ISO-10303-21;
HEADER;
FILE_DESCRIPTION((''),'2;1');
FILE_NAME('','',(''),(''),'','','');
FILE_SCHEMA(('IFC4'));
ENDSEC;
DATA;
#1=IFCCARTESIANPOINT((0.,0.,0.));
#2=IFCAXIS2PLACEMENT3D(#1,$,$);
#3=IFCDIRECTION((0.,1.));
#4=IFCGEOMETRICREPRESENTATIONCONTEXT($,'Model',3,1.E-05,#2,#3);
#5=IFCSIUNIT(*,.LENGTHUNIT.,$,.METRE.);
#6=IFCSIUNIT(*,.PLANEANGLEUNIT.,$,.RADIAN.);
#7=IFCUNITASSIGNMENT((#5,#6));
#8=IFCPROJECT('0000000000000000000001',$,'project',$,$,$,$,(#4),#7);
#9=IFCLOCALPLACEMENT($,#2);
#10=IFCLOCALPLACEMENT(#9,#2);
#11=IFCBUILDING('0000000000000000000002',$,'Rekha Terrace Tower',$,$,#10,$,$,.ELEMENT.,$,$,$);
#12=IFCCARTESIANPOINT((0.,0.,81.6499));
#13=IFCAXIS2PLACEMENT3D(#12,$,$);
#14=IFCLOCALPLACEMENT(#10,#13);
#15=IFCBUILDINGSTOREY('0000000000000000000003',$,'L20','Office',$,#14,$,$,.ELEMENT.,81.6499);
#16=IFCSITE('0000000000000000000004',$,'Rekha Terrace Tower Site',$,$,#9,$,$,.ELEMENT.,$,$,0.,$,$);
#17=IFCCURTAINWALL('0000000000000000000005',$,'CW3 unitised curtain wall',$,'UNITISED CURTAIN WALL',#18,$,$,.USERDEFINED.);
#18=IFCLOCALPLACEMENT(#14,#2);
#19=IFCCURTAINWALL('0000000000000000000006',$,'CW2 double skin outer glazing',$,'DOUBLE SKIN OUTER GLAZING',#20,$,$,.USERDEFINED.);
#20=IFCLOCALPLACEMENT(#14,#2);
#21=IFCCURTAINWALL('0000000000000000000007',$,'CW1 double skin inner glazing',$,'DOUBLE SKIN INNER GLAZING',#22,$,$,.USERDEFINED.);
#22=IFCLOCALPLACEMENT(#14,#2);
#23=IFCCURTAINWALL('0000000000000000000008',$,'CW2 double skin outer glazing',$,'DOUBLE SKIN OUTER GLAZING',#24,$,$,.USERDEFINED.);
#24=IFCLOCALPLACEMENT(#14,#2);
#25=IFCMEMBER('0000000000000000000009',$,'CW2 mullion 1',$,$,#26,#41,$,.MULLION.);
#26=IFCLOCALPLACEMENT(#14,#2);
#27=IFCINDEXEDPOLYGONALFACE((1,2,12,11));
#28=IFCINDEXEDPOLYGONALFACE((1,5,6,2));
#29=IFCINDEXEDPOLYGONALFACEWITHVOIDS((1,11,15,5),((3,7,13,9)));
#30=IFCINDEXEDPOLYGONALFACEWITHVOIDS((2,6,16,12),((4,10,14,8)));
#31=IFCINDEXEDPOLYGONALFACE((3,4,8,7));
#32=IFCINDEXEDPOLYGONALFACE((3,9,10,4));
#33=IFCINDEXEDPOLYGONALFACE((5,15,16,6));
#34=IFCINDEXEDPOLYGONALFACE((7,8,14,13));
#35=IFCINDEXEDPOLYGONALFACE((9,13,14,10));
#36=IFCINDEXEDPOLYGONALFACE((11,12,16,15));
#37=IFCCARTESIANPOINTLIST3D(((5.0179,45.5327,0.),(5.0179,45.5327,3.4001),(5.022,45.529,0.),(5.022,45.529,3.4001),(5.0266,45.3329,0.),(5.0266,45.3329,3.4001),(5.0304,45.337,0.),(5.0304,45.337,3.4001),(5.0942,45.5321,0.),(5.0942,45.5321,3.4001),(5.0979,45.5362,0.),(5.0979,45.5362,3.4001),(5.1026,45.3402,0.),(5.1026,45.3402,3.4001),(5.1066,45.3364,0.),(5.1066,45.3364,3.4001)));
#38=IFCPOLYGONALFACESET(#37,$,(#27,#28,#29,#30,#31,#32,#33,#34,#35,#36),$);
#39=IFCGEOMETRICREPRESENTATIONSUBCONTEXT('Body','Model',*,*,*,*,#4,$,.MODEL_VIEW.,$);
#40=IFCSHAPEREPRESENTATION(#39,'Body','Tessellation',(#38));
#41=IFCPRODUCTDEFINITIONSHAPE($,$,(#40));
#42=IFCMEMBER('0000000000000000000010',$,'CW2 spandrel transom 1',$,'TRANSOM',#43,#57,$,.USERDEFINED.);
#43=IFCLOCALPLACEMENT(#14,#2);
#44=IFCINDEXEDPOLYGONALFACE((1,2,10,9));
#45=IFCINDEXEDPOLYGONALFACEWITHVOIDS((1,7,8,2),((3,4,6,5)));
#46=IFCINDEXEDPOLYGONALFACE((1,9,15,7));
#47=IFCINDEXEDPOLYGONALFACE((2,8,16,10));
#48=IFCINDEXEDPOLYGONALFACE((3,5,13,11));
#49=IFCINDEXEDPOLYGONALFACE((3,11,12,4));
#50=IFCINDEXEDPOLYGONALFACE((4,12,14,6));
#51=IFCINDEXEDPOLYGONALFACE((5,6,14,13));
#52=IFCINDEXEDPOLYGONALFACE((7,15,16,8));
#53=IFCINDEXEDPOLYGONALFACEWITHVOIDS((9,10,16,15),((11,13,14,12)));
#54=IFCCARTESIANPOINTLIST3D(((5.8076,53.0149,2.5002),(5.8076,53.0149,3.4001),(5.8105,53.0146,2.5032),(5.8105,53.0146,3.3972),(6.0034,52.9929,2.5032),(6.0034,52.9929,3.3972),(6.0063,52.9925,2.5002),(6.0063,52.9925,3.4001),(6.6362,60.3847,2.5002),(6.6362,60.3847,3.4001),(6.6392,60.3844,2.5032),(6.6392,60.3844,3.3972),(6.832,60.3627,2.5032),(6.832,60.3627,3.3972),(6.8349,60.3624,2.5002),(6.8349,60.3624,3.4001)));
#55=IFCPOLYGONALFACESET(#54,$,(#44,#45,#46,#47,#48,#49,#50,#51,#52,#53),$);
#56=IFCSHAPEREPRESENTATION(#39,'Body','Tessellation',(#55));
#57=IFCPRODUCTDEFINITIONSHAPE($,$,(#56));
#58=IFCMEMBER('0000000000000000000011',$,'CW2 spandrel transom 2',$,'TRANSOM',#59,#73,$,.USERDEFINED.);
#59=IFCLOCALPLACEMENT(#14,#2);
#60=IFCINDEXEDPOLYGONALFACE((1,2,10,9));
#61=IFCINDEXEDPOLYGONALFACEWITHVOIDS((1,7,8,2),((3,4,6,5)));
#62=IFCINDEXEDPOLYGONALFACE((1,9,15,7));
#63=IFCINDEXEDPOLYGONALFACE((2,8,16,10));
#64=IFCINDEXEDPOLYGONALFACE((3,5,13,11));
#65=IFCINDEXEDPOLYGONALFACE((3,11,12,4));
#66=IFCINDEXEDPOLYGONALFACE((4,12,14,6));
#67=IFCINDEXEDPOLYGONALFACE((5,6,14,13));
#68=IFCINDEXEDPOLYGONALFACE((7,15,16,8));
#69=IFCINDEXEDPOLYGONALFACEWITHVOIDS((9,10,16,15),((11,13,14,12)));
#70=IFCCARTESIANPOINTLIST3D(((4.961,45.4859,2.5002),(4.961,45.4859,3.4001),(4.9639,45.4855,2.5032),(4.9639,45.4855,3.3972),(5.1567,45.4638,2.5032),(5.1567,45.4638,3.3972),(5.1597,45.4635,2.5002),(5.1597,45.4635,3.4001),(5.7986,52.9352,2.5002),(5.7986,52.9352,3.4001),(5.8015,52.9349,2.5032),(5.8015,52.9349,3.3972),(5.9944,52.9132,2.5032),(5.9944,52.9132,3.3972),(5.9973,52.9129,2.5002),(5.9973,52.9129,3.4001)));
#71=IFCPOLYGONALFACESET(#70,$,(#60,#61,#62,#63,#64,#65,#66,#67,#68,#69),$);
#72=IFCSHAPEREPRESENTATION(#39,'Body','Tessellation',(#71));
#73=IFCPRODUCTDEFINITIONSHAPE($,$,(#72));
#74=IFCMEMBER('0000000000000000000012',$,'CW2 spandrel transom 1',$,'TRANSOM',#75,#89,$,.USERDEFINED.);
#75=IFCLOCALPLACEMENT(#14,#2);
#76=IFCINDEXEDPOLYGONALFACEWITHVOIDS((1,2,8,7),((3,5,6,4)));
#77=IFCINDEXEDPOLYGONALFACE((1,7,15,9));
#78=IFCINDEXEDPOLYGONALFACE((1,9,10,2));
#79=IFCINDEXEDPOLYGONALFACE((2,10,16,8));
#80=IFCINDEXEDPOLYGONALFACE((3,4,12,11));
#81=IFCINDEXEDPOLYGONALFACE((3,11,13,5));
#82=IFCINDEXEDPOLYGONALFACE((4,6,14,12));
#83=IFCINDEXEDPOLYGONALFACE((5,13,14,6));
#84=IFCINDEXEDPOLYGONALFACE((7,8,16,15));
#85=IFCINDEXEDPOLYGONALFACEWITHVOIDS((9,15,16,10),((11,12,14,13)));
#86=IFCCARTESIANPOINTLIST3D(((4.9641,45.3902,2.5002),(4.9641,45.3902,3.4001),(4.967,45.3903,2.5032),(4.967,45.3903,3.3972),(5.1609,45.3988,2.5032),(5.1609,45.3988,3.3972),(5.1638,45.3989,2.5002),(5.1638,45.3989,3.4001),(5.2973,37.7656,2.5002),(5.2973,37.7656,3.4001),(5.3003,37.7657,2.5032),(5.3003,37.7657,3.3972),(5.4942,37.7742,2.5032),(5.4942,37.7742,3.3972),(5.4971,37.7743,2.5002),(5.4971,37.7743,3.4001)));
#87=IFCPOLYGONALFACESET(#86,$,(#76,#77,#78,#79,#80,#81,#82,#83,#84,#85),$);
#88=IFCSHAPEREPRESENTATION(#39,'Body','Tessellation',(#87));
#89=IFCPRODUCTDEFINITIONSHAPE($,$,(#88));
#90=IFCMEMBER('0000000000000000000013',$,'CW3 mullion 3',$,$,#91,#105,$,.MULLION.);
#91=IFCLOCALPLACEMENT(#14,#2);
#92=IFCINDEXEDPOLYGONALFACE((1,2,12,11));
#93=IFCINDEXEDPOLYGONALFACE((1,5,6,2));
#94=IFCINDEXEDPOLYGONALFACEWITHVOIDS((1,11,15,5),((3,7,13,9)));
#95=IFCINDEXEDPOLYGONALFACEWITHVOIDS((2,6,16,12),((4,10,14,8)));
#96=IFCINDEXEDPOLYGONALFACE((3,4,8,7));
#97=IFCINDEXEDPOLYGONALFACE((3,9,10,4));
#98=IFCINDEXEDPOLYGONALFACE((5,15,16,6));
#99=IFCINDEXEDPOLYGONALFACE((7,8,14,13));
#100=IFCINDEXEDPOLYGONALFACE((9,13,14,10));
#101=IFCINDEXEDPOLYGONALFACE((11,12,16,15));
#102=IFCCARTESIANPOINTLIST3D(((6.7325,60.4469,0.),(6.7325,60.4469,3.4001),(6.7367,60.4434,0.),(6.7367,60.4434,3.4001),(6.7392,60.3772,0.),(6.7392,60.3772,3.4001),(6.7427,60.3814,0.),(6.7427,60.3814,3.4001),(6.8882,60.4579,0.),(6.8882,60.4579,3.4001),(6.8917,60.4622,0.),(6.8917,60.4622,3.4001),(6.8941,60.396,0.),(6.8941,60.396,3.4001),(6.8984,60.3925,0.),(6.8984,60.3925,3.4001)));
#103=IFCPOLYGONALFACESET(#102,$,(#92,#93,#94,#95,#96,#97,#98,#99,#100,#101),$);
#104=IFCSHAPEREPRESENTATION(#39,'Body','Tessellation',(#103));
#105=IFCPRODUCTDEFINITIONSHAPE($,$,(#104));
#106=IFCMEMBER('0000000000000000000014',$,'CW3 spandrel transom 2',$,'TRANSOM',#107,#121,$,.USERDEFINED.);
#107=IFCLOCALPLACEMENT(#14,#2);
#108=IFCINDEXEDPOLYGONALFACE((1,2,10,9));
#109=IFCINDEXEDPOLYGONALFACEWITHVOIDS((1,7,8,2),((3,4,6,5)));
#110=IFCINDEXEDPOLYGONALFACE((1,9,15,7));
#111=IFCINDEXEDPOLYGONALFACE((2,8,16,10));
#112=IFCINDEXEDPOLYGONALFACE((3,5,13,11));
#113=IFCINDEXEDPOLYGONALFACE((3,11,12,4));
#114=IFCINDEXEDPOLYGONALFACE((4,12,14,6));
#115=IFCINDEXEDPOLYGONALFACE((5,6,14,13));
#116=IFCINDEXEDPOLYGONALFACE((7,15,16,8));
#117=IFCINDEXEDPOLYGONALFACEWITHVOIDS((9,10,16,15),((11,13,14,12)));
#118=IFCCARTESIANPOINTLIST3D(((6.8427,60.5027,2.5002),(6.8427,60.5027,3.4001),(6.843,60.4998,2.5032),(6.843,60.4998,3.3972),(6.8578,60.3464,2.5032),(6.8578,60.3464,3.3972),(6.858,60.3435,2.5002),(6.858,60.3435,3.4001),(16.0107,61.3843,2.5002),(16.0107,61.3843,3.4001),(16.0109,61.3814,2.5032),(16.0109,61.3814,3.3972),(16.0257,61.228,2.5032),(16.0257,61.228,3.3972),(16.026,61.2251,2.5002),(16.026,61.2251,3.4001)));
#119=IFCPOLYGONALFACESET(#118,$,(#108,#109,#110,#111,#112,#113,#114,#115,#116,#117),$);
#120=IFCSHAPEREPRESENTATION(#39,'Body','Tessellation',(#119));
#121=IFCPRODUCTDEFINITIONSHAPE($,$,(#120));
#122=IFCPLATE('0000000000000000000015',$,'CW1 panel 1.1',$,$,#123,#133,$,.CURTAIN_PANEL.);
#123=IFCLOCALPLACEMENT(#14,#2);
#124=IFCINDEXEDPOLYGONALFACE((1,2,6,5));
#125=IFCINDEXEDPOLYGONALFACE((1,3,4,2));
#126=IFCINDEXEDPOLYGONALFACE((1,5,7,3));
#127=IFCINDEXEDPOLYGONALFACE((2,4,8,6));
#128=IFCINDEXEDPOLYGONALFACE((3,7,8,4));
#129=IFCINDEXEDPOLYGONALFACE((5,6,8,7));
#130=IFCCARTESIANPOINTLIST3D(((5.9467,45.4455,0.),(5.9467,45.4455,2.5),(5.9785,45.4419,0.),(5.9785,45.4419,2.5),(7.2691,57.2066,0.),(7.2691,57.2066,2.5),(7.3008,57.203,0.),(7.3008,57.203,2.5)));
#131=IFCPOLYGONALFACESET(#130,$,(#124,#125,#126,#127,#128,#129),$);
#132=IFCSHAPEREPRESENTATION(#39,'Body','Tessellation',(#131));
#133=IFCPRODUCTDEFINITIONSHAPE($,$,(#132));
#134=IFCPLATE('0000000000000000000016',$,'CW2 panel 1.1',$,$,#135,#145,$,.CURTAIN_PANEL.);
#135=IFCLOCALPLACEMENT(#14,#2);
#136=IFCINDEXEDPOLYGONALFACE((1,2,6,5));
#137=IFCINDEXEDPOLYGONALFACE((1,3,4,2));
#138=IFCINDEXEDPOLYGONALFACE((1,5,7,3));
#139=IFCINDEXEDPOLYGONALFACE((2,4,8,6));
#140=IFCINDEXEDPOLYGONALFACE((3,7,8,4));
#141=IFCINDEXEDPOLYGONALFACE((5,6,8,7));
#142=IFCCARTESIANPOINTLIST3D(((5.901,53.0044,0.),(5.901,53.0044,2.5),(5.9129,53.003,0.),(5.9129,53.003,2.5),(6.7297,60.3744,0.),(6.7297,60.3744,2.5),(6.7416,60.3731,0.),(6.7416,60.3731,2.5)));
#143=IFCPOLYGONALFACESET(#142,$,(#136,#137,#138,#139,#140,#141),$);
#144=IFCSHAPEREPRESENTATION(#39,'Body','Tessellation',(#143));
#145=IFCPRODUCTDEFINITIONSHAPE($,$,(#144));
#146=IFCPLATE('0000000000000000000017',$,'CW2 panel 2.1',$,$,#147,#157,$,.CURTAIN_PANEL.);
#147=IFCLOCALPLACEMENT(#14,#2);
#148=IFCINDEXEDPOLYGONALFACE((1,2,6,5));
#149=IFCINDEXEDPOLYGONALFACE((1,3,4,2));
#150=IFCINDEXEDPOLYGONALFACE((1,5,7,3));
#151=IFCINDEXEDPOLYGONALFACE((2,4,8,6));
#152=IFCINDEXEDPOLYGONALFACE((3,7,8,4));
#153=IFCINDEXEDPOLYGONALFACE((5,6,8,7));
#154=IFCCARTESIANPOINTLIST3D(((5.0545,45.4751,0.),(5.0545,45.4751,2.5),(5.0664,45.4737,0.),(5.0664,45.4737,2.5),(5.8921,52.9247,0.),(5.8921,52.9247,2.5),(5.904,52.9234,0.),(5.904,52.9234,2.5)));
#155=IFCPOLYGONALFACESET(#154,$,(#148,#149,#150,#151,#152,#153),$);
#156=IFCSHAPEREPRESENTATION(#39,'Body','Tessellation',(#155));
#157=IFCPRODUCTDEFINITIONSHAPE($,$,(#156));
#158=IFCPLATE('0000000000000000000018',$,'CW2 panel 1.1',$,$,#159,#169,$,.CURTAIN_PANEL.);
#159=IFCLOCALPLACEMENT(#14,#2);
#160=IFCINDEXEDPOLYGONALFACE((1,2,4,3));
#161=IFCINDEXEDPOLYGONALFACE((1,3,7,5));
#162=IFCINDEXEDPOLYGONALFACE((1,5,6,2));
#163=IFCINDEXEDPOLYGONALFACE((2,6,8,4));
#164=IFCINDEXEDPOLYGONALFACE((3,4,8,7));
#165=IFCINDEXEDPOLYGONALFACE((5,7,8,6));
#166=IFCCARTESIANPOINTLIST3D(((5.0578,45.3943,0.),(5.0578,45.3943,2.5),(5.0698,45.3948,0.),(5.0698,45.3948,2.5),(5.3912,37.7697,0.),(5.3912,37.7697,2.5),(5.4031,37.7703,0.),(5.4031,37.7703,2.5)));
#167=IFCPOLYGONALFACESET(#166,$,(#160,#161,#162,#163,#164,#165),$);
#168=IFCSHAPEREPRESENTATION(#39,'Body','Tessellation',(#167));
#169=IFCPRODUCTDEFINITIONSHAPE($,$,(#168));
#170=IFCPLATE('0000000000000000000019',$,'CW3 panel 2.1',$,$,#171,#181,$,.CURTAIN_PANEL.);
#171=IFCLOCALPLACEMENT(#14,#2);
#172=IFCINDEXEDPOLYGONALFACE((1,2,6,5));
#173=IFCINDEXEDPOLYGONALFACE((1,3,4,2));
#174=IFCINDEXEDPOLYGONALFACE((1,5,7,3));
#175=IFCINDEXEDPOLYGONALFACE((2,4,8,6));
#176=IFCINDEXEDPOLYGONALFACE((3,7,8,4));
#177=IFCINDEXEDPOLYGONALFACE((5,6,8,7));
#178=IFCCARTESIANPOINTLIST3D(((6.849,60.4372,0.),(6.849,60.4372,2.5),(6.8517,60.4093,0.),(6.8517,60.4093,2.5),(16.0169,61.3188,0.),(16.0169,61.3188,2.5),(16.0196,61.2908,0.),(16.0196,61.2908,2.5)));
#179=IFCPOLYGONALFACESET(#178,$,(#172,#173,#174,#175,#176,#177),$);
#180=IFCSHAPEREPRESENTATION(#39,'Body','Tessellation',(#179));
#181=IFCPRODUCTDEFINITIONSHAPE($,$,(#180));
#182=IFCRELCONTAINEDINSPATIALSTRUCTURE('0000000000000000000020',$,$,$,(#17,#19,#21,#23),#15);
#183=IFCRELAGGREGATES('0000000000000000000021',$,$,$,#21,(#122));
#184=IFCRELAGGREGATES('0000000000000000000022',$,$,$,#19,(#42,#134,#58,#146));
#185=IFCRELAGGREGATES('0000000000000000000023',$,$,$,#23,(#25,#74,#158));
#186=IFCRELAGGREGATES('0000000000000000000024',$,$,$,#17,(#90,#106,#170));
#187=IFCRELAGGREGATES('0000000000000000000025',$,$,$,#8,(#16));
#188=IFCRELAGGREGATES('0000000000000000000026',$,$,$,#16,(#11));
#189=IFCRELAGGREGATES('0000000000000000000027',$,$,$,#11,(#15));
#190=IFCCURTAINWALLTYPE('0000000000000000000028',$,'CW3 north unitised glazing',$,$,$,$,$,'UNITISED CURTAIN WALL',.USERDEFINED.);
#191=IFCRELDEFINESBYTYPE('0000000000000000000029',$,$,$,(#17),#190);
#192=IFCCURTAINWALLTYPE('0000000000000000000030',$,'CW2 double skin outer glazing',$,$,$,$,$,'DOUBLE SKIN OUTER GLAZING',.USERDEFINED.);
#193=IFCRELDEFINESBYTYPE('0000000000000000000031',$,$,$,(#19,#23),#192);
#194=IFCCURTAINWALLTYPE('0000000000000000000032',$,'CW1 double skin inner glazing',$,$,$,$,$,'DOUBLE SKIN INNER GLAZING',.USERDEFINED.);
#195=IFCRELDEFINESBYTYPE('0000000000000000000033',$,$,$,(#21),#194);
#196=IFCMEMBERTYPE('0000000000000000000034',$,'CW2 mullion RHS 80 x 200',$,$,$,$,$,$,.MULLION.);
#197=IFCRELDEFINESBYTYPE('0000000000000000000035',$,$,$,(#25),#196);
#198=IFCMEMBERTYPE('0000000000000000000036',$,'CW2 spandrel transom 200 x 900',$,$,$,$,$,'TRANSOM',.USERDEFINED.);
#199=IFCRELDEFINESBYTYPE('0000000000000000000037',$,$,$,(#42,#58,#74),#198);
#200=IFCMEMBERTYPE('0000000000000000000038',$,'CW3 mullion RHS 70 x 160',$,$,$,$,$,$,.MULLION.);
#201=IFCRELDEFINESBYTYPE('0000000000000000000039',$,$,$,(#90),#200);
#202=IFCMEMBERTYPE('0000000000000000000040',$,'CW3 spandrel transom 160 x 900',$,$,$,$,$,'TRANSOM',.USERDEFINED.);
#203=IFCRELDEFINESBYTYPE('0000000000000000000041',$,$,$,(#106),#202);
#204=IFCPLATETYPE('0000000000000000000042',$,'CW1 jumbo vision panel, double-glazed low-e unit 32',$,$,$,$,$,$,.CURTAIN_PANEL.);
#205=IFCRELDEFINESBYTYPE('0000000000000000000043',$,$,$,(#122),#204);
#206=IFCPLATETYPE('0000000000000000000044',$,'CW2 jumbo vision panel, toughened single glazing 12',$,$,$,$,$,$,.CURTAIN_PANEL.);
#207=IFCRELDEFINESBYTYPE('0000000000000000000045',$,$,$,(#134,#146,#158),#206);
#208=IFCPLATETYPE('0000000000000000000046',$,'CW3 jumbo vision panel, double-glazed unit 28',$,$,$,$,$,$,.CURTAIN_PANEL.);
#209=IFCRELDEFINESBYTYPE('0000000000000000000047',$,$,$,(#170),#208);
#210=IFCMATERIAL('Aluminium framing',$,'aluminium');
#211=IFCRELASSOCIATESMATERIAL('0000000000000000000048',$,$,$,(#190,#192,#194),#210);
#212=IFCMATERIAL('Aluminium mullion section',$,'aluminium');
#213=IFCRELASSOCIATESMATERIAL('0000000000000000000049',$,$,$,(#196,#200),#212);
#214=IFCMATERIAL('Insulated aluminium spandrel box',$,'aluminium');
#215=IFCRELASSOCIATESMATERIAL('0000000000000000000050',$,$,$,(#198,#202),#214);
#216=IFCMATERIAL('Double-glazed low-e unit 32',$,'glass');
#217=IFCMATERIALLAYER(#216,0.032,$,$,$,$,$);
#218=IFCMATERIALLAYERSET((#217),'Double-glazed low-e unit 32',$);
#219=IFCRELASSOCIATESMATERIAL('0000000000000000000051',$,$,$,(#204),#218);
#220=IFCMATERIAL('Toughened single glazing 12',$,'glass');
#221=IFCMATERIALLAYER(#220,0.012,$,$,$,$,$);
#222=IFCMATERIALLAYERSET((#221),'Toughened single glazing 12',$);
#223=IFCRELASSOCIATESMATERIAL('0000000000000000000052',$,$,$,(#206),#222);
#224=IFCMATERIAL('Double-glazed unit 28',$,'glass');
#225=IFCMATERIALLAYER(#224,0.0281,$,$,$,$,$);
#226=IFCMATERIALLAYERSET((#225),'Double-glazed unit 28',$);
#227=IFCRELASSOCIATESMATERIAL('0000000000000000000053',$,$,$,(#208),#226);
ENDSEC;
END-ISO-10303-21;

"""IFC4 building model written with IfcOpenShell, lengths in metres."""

from ifc_helpers import new_model, si_unit, direction, frame, origin, origin_2d, place, context, subcontext, project, spatial, rectangle, hollow_rectangle, extrude, material, layer, layer_set, material_profile, profile_set, type_object, element, aggregate, save


model = new_model("IFC4")

# Units and contexts
model_context = context("Model", 3, precision=1e-05, world=origin(), true_north=direction((0.0, 1.0)))
body_context = subcontext(model_context, "Body", "Model", "MODEL_VIEW")
ifc_project = project(units=[si_unit("LENGTHUNIT", "METRE"), si_unit("PLANEANGLEUNIT", "RADIAN")], contexts=[model_context])

# Site, building, storey
site_placement = place(None, origin())
site = spatial("IfcSite", under=ifc_project, at=site_placement, Name="Rekha Terrace Tower Site", CompositionType="ELEMENT", RefElevation=0.0)
building_placement = place(site_placement, origin())
building = spatial("IfcBuilding", under=site, at=building_placement, Name="Rekha Terrace Tower", CompositionType="ELEMENT")
storey_placement = place(building_placement, frame((0.0, 0.0, 81.6499)))
storey = spatial("IfcBuildingStorey", under=building, at=storey_placement, Name="L20", Description="Office", CompositionType="ELEMENT", Elevation=81.6499)

# Curtain walls
ifc_material_1 = material(Name="Aluminium framing", Category="aluminium")
curtain_wall_type_1 = type_object("IfcCurtainWallType", Name="CW3 north unitised glazing", ElementType="UNITISED CURTAIN WALL", PredefinedType="USERDEFINED", material=ifc_material_1)
curtain_wall_1_placement = place(storey_placement, origin())
curtain_wall_1 = element("IfcCurtainWall", 1, at=curtain_wall_1_placement, inside=storey, type_object=curtain_wall_type_1, Name="CW3 unitised curtain wall", ObjectType="UNITISED CURTAIN WALL", PredefinedType="USERDEFINED")
curtain_wall_type_2 = type_object("IfcCurtainWallType", Name="CW2 double skin outer glazing", ElementType="DOUBLE SKIN OUTER GLAZING", PredefinedType="USERDEFINED", material=ifc_material_1)
curtain_wall_2_placement = place(storey_placement, origin())
curtain_wall_2 = element("IfcCurtainWall", 2, at=curtain_wall_2_placement, inside=storey, type_object=curtain_wall_type_2, Name="CW2 double skin outer glazing", ObjectType="DOUBLE SKIN OUTER GLAZING", PredefinedType="USERDEFINED")
curtain_wall_type_3 = type_object("IfcCurtainWallType", Name="CW1 double skin inner glazing", ElementType="DOUBLE SKIN INNER GLAZING", PredefinedType="USERDEFINED", material=ifc_material_1)
curtain_wall_3_placement = place(storey_placement, origin())
curtain_wall_3 = element("IfcCurtainWall", 3, at=curtain_wall_3_placement, inside=storey, type_object=curtain_wall_type_3, Name="CW1 double skin inner glazing", ObjectType="DOUBLE SKIN INNER GLAZING", PredefinedType="USERDEFINED")
ifc_material_2 = material(Name="Aluminium mullion section", Category="aluminium")

# Shared definitions
ifc_material_3 = material(Name="Insulated aluminium spandrel box", Category="aluminium")
ifc_material_profile_1 = material_profile(ifc_material_2, hollow_rectangle(XDim=0.0801, YDim=0.2, WallThickness=0.0039, at=origin_2d()), Name="AL RHS 80x200")
ifc_profile_set_1 = profile_set([ifc_material_profile_1], Name="Aluminium mullion section")
member_type_1 = type_object("IfcMemberType", Name="CW2 mullion RHS 80 x 200", PredefinedType="MULLION", material=ifc_profile_set_1)

# Curtain wall, member
curtain_wall_4_placement = place(storey_placement, origin())
curtain_wall_4 = element("IfcCurtainWall", 4, at=curtain_wall_4_placement, inside=storey, type_object=curtain_wall_type_2, Name="CW2 double skin outer glazing", ObjectType="DOUBLE SKIN OUTER GLAZING", PredefinedType="USERDEFINED")
member_1_placement = place(storey_placement, frame((5.0623, 45.4346, 0.0), z_axis=(0.0, 0.0, 1.0), x_axis=(0.999045, 0.043683, 0.0)))
member_1 = element("IfcMember", 5, at=member_1_placement, type_object=member_type_1, Name="CW2 mullion 1", PredefinedType="MULLION", context=body_context, shape_type="SweptSolid", body=[
    extrude(hollow_rectangle(XDim=0.0801, YDim=0.2, WallThickness=0.0039, at=origin_2d()), origin(), (0.0, 0.0, 1.0), 3.4001),
])

# Members
ifc_material_profile_2 = material_profile(ifc_material_3, hollow_rectangle(XDim=0.2, YDim=0.8999, WallThickness=0.0029, at=origin_2d()), Name="AL SPANDREL BOX 200x900")
ifc_profile_set_2 = profile_set([ifc_material_profile_2], Name="Insulated aluminium spandrel box")
member_type_2 = type_object("IfcMemberType", Name="CW2 spandrel transom 200 x 900", ElementType="TRANSOM", PredefinedType="USERDEFINED", material=ifc_profile_set_2)
member_2_placement = place(storey_placement, frame((6.7356, 60.3735, 2.9502), z_axis=(-0.111729, -0.993739, 0.0), x_axis=(0.993739, -0.111729, 0.0)))
member_2 = element("IfcMember", 6, at=member_2_placement, type_object=member_type_2, Name="CW2 spandrel transom 1", ObjectType="TRANSOM", PredefinedType="USERDEFINED", context=body_context, shape_type="SweptSolid", body=[
    extrude(hollow_rectangle(XDim=0.2, YDim=0.8999, WallThickness=0.0029, at=origin_2d()), origin(), (0.0, 0.0, 1.0), 7.4163),
])
member_3_placement = place(storey_placement, frame((5.8979, 52.9241, 2.9502), z_axis=(-0.11174, -0.993738, 0.0), x_axis=(0.993738, -0.11174, 0.0)))
member_3 = element("IfcMember", 7, at=member_3_placement, type_object=member_type_2, Name="CW2 spandrel transom 2", ObjectType="TRANSOM", PredefinedType="USERDEFINED", context=body_context, shape_type="SweptSolid", body=[
    extrude(hollow_rectangle(XDim=0.2, YDim=0.8999, WallThickness=0.0029, at=origin_2d()), origin(), (0.0, 0.0, 1.0), 7.4963),
])
member_4_placement = place(storey_placement, frame((5.064, 45.3945, 2.9502), z_axis=(0.043666, -0.999046, 0.0), x_axis=(0.999046, 0.043666, 0.0)))
member_4 = element("IfcMember", 8, at=member_4_placement, type_object=member_type_2, Name="CW2 spandrel transom 1", ObjectType="TRANSOM", PredefinedType="USERDEFINED", context=body_context, shape_type="SweptSolid", body=[
    extrude(hollow_rectangle(XDim=0.2, YDim=0.8999, WallThickness=0.0029, at=origin_2d()), origin(), (0.0, 0.0, 1.0), 7.6318),
])
ifc_material_profile_3 = material_profile(ifc_material_2, hollow_rectangle(XDim=0.0701, YDim=0.1599, WallThickness=0.0039, at=origin_2d()), Name="AL RHS 70x160")
ifc_profile_set_3 = profile_set([ifc_material_profile_3], Name="Aluminium mullion section")
member_type_3 = type_object("IfcMemberType", Name="CW3 mullion RHS 70 x 160", PredefinedType="MULLION", material=ifc_profile_set_3)
member_5_placement = place(storey_placement, frame((6.8154, 60.4197, 0.0), z_axis=(0.0, 0.0, 1.0), x_axis=(0.095712, -0.995409, 0.0)))
member_5 = element("IfcMember", 9, at=member_5_placement, type_object=member_type_3, Name="CW3 mullion 3", PredefinedType="MULLION", context=body_context, shape_type="SweptSolid", body=[
    extrude(hollow_rectangle(XDim=0.0701, YDim=0.1599, WallThickness=0.0039, at=origin_2d()), origin(), (0.0, 0.0, 1.0), 3.4001),
])
ifc_material_profile_4 = material_profile(ifc_material_3, hollow_rectangle(XDim=0.1599, YDim=0.8999, WallThickness=0.0029, at=origin_2d()), Name="AL SPANDREL BOX 160x900")
ifc_profile_set_4 = profile_set([ifc_material_profile_4], Name="Insulated aluminium spandrel box")
member_type_4 = type_object("IfcMemberType", Name="CW3 spandrel transom 160 x 900", ElementType="TRANSOM", PredefinedType="USERDEFINED", material=ifc_profile_set_4)
member_6_placement = place(storey_placement, frame((16.0183, 61.3047, 2.9502), z_axis=(-0.995408, -0.095718, 0.0), x_axis=(0.095718, -0.995408, 0.0)))
member_6 = element("IfcMember", 10, at=member_6_placement, type_object=member_type_4, Name="CW3 spandrel transom 2", ObjectType="TRANSOM", PredefinedType="USERDEFINED", context=body_context, shape_type="SweptSolid", body=[
    extrude(hollow_rectangle(XDim=0.1599, YDim=0.8999, WallThickness=0.0029, at=origin_2d()), origin(), (0.0, 0.0, 1.0), 9.2102),
])

# Plates
ifc_material_4 = material(Name="Double-glazed low-e unit 32", Category="glass")
ifc_layer_1 = layer(ifc_material_4, 0.032)
ifc_layer_set_1 = layer_set([ifc_layer_1], Name="Double-glazed low-e unit 32")
plate_type_1 = type_object("IfcPlateType", Name="CW1 jumbo vision panel, double-glazed low-e unit 32", PredefinedType="CURTAIN_PANEL", material=ifc_layer_set_1)
plate_1_placement = place(storey_placement, frame((6.6238, 51.3242, 0.0), z_axis=(0.0, 0.0, 1.0), x_axis=(-0.11173, -0.993739, 0.0)))
plate_1 = element("IfcPlate", 11, at=plate_1_placement, type_object=plate_type_1, Name="CW1 panel 1.1", PredefinedType="CURTAIN_PANEL", context=body_context, shape_type="SweptSolid", body=[
    extrude(rectangle(XDim=11.8352, YDim=0.032, at=origin_2d()), origin(), (0.0, 0.0, 1.0), 2.5),
])
aggregate(curtain_wall_3, [plate_1])
ifc_material_5 = material(Name="Toughened single glazing 12", Category="glass")
ifc_layer_2 = layer(ifc_material_5, 0.012)
ifc_layer_set_2 = layer_set([ifc_layer_2], Name="Toughened single glazing 12")
plate_type_2 = type_object("IfcPlateType", Name="CW2 jumbo vision panel, toughened single glazing 12", PredefinedType="CURTAIN_PANEL", material=ifc_layer_set_2)
plate_2_placement = place(storey_placement, frame((6.3213, 56.6887, 0.0), z_axis=(0.0, 0.0, 1.0), x_axis=(-0.11173, -0.993739, 0.0)))
plate_2 = element("IfcPlate", 12, at=plate_2_placement, type_object=plate_type_2, Name="CW2 panel 1.1", PredefinedType="CURTAIN_PANEL", context=body_context, shape_type="SweptSolid", body=[
    extrude(rectangle(XDim=7.4165, YDim=0.012, at=origin_2d()), origin(), (0.0, 0.0, 1.0), 2.5),
])
plate_3_placement = place(storey_placement, frame((5.4792, 49.1992, 0.0), z_axis=(0.0, 0.0, 1.0), x_axis=(-0.11173, -0.993739, 0.0)))
plate_3 = element("IfcPlate", 13, at=plate_3_placement, type_object=plate_type_2, Name="CW2 panel 2.1", PredefinedType="CURTAIN_PANEL", context=body_context, shape_type="SweptSolid", body=[
    extrude(rectangle(XDim=7.4966, YDim=0.012, at=origin_2d()), origin(), (0.0, 0.0, 1.0), 2.5),
])
aggregate(curtain_wall_2, [member_2, plate_2, member_3, plate_3])
plate_4_placement = place(storey_placement, frame((5.2305, 41.5823, 0.0), z_axis=(0.0, 0.0, 1.0), x_axis=(0.043683, -0.999045, 0.0)))
plate_4 = element("IfcPlate", 14, at=plate_4_placement, type_object=plate_type_2, Name="CW2 panel 1.1", PredefinedType="CURTAIN_PANEL", context=body_context, shape_type="SweptSolid", body=[
    extrude(rectangle(XDim=7.6318, YDim=0.012, at=origin_2d()), origin(), (0.0, 0.0, 1.0), 2.5),
])
aggregate(curtain_wall_4, [member_1, member_4, plate_4])
ifc_material_6 = material(Name="Double-glazed unit 28", Category="glass")
ifc_layer_3 = layer(ifc_material_6, 0.0281)
ifc_layer_set_3 = layer_set([ifc_layer_3], Name="Double-glazed unit 28")
plate_type_3 = type_object("IfcPlateType", Name="CW3 jumbo vision panel, double-glazed unit 28", PredefinedType="CURTAIN_PANEL", material=ifc_layer_set_3)
plate_5_placement = place(storey_placement, frame((11.4343, 60.864, 0.0), z_axis=(0.0, 0.0, 1.0), x_axis=(-0.995409, -0.095712, 0.0)))
plate_5 = element("IfcPlate", 15, at=plate_5_placement, type_object=plate_type_3, Name="CW3 panel 2.1", PredefinedType="CURTAIN_PANEL", context=body_context, shape_type="SweptSolid", body=[
    extrude(rectangle(XDim=9.2102, YDim=0.0281, at=origin_2d()), origin(), (0.0, 0.0, 1.0), 2.5),
])
aggregate(curtain_wall_1, [member_5, member_6, plate_5])

save(model, "model.ifc")
